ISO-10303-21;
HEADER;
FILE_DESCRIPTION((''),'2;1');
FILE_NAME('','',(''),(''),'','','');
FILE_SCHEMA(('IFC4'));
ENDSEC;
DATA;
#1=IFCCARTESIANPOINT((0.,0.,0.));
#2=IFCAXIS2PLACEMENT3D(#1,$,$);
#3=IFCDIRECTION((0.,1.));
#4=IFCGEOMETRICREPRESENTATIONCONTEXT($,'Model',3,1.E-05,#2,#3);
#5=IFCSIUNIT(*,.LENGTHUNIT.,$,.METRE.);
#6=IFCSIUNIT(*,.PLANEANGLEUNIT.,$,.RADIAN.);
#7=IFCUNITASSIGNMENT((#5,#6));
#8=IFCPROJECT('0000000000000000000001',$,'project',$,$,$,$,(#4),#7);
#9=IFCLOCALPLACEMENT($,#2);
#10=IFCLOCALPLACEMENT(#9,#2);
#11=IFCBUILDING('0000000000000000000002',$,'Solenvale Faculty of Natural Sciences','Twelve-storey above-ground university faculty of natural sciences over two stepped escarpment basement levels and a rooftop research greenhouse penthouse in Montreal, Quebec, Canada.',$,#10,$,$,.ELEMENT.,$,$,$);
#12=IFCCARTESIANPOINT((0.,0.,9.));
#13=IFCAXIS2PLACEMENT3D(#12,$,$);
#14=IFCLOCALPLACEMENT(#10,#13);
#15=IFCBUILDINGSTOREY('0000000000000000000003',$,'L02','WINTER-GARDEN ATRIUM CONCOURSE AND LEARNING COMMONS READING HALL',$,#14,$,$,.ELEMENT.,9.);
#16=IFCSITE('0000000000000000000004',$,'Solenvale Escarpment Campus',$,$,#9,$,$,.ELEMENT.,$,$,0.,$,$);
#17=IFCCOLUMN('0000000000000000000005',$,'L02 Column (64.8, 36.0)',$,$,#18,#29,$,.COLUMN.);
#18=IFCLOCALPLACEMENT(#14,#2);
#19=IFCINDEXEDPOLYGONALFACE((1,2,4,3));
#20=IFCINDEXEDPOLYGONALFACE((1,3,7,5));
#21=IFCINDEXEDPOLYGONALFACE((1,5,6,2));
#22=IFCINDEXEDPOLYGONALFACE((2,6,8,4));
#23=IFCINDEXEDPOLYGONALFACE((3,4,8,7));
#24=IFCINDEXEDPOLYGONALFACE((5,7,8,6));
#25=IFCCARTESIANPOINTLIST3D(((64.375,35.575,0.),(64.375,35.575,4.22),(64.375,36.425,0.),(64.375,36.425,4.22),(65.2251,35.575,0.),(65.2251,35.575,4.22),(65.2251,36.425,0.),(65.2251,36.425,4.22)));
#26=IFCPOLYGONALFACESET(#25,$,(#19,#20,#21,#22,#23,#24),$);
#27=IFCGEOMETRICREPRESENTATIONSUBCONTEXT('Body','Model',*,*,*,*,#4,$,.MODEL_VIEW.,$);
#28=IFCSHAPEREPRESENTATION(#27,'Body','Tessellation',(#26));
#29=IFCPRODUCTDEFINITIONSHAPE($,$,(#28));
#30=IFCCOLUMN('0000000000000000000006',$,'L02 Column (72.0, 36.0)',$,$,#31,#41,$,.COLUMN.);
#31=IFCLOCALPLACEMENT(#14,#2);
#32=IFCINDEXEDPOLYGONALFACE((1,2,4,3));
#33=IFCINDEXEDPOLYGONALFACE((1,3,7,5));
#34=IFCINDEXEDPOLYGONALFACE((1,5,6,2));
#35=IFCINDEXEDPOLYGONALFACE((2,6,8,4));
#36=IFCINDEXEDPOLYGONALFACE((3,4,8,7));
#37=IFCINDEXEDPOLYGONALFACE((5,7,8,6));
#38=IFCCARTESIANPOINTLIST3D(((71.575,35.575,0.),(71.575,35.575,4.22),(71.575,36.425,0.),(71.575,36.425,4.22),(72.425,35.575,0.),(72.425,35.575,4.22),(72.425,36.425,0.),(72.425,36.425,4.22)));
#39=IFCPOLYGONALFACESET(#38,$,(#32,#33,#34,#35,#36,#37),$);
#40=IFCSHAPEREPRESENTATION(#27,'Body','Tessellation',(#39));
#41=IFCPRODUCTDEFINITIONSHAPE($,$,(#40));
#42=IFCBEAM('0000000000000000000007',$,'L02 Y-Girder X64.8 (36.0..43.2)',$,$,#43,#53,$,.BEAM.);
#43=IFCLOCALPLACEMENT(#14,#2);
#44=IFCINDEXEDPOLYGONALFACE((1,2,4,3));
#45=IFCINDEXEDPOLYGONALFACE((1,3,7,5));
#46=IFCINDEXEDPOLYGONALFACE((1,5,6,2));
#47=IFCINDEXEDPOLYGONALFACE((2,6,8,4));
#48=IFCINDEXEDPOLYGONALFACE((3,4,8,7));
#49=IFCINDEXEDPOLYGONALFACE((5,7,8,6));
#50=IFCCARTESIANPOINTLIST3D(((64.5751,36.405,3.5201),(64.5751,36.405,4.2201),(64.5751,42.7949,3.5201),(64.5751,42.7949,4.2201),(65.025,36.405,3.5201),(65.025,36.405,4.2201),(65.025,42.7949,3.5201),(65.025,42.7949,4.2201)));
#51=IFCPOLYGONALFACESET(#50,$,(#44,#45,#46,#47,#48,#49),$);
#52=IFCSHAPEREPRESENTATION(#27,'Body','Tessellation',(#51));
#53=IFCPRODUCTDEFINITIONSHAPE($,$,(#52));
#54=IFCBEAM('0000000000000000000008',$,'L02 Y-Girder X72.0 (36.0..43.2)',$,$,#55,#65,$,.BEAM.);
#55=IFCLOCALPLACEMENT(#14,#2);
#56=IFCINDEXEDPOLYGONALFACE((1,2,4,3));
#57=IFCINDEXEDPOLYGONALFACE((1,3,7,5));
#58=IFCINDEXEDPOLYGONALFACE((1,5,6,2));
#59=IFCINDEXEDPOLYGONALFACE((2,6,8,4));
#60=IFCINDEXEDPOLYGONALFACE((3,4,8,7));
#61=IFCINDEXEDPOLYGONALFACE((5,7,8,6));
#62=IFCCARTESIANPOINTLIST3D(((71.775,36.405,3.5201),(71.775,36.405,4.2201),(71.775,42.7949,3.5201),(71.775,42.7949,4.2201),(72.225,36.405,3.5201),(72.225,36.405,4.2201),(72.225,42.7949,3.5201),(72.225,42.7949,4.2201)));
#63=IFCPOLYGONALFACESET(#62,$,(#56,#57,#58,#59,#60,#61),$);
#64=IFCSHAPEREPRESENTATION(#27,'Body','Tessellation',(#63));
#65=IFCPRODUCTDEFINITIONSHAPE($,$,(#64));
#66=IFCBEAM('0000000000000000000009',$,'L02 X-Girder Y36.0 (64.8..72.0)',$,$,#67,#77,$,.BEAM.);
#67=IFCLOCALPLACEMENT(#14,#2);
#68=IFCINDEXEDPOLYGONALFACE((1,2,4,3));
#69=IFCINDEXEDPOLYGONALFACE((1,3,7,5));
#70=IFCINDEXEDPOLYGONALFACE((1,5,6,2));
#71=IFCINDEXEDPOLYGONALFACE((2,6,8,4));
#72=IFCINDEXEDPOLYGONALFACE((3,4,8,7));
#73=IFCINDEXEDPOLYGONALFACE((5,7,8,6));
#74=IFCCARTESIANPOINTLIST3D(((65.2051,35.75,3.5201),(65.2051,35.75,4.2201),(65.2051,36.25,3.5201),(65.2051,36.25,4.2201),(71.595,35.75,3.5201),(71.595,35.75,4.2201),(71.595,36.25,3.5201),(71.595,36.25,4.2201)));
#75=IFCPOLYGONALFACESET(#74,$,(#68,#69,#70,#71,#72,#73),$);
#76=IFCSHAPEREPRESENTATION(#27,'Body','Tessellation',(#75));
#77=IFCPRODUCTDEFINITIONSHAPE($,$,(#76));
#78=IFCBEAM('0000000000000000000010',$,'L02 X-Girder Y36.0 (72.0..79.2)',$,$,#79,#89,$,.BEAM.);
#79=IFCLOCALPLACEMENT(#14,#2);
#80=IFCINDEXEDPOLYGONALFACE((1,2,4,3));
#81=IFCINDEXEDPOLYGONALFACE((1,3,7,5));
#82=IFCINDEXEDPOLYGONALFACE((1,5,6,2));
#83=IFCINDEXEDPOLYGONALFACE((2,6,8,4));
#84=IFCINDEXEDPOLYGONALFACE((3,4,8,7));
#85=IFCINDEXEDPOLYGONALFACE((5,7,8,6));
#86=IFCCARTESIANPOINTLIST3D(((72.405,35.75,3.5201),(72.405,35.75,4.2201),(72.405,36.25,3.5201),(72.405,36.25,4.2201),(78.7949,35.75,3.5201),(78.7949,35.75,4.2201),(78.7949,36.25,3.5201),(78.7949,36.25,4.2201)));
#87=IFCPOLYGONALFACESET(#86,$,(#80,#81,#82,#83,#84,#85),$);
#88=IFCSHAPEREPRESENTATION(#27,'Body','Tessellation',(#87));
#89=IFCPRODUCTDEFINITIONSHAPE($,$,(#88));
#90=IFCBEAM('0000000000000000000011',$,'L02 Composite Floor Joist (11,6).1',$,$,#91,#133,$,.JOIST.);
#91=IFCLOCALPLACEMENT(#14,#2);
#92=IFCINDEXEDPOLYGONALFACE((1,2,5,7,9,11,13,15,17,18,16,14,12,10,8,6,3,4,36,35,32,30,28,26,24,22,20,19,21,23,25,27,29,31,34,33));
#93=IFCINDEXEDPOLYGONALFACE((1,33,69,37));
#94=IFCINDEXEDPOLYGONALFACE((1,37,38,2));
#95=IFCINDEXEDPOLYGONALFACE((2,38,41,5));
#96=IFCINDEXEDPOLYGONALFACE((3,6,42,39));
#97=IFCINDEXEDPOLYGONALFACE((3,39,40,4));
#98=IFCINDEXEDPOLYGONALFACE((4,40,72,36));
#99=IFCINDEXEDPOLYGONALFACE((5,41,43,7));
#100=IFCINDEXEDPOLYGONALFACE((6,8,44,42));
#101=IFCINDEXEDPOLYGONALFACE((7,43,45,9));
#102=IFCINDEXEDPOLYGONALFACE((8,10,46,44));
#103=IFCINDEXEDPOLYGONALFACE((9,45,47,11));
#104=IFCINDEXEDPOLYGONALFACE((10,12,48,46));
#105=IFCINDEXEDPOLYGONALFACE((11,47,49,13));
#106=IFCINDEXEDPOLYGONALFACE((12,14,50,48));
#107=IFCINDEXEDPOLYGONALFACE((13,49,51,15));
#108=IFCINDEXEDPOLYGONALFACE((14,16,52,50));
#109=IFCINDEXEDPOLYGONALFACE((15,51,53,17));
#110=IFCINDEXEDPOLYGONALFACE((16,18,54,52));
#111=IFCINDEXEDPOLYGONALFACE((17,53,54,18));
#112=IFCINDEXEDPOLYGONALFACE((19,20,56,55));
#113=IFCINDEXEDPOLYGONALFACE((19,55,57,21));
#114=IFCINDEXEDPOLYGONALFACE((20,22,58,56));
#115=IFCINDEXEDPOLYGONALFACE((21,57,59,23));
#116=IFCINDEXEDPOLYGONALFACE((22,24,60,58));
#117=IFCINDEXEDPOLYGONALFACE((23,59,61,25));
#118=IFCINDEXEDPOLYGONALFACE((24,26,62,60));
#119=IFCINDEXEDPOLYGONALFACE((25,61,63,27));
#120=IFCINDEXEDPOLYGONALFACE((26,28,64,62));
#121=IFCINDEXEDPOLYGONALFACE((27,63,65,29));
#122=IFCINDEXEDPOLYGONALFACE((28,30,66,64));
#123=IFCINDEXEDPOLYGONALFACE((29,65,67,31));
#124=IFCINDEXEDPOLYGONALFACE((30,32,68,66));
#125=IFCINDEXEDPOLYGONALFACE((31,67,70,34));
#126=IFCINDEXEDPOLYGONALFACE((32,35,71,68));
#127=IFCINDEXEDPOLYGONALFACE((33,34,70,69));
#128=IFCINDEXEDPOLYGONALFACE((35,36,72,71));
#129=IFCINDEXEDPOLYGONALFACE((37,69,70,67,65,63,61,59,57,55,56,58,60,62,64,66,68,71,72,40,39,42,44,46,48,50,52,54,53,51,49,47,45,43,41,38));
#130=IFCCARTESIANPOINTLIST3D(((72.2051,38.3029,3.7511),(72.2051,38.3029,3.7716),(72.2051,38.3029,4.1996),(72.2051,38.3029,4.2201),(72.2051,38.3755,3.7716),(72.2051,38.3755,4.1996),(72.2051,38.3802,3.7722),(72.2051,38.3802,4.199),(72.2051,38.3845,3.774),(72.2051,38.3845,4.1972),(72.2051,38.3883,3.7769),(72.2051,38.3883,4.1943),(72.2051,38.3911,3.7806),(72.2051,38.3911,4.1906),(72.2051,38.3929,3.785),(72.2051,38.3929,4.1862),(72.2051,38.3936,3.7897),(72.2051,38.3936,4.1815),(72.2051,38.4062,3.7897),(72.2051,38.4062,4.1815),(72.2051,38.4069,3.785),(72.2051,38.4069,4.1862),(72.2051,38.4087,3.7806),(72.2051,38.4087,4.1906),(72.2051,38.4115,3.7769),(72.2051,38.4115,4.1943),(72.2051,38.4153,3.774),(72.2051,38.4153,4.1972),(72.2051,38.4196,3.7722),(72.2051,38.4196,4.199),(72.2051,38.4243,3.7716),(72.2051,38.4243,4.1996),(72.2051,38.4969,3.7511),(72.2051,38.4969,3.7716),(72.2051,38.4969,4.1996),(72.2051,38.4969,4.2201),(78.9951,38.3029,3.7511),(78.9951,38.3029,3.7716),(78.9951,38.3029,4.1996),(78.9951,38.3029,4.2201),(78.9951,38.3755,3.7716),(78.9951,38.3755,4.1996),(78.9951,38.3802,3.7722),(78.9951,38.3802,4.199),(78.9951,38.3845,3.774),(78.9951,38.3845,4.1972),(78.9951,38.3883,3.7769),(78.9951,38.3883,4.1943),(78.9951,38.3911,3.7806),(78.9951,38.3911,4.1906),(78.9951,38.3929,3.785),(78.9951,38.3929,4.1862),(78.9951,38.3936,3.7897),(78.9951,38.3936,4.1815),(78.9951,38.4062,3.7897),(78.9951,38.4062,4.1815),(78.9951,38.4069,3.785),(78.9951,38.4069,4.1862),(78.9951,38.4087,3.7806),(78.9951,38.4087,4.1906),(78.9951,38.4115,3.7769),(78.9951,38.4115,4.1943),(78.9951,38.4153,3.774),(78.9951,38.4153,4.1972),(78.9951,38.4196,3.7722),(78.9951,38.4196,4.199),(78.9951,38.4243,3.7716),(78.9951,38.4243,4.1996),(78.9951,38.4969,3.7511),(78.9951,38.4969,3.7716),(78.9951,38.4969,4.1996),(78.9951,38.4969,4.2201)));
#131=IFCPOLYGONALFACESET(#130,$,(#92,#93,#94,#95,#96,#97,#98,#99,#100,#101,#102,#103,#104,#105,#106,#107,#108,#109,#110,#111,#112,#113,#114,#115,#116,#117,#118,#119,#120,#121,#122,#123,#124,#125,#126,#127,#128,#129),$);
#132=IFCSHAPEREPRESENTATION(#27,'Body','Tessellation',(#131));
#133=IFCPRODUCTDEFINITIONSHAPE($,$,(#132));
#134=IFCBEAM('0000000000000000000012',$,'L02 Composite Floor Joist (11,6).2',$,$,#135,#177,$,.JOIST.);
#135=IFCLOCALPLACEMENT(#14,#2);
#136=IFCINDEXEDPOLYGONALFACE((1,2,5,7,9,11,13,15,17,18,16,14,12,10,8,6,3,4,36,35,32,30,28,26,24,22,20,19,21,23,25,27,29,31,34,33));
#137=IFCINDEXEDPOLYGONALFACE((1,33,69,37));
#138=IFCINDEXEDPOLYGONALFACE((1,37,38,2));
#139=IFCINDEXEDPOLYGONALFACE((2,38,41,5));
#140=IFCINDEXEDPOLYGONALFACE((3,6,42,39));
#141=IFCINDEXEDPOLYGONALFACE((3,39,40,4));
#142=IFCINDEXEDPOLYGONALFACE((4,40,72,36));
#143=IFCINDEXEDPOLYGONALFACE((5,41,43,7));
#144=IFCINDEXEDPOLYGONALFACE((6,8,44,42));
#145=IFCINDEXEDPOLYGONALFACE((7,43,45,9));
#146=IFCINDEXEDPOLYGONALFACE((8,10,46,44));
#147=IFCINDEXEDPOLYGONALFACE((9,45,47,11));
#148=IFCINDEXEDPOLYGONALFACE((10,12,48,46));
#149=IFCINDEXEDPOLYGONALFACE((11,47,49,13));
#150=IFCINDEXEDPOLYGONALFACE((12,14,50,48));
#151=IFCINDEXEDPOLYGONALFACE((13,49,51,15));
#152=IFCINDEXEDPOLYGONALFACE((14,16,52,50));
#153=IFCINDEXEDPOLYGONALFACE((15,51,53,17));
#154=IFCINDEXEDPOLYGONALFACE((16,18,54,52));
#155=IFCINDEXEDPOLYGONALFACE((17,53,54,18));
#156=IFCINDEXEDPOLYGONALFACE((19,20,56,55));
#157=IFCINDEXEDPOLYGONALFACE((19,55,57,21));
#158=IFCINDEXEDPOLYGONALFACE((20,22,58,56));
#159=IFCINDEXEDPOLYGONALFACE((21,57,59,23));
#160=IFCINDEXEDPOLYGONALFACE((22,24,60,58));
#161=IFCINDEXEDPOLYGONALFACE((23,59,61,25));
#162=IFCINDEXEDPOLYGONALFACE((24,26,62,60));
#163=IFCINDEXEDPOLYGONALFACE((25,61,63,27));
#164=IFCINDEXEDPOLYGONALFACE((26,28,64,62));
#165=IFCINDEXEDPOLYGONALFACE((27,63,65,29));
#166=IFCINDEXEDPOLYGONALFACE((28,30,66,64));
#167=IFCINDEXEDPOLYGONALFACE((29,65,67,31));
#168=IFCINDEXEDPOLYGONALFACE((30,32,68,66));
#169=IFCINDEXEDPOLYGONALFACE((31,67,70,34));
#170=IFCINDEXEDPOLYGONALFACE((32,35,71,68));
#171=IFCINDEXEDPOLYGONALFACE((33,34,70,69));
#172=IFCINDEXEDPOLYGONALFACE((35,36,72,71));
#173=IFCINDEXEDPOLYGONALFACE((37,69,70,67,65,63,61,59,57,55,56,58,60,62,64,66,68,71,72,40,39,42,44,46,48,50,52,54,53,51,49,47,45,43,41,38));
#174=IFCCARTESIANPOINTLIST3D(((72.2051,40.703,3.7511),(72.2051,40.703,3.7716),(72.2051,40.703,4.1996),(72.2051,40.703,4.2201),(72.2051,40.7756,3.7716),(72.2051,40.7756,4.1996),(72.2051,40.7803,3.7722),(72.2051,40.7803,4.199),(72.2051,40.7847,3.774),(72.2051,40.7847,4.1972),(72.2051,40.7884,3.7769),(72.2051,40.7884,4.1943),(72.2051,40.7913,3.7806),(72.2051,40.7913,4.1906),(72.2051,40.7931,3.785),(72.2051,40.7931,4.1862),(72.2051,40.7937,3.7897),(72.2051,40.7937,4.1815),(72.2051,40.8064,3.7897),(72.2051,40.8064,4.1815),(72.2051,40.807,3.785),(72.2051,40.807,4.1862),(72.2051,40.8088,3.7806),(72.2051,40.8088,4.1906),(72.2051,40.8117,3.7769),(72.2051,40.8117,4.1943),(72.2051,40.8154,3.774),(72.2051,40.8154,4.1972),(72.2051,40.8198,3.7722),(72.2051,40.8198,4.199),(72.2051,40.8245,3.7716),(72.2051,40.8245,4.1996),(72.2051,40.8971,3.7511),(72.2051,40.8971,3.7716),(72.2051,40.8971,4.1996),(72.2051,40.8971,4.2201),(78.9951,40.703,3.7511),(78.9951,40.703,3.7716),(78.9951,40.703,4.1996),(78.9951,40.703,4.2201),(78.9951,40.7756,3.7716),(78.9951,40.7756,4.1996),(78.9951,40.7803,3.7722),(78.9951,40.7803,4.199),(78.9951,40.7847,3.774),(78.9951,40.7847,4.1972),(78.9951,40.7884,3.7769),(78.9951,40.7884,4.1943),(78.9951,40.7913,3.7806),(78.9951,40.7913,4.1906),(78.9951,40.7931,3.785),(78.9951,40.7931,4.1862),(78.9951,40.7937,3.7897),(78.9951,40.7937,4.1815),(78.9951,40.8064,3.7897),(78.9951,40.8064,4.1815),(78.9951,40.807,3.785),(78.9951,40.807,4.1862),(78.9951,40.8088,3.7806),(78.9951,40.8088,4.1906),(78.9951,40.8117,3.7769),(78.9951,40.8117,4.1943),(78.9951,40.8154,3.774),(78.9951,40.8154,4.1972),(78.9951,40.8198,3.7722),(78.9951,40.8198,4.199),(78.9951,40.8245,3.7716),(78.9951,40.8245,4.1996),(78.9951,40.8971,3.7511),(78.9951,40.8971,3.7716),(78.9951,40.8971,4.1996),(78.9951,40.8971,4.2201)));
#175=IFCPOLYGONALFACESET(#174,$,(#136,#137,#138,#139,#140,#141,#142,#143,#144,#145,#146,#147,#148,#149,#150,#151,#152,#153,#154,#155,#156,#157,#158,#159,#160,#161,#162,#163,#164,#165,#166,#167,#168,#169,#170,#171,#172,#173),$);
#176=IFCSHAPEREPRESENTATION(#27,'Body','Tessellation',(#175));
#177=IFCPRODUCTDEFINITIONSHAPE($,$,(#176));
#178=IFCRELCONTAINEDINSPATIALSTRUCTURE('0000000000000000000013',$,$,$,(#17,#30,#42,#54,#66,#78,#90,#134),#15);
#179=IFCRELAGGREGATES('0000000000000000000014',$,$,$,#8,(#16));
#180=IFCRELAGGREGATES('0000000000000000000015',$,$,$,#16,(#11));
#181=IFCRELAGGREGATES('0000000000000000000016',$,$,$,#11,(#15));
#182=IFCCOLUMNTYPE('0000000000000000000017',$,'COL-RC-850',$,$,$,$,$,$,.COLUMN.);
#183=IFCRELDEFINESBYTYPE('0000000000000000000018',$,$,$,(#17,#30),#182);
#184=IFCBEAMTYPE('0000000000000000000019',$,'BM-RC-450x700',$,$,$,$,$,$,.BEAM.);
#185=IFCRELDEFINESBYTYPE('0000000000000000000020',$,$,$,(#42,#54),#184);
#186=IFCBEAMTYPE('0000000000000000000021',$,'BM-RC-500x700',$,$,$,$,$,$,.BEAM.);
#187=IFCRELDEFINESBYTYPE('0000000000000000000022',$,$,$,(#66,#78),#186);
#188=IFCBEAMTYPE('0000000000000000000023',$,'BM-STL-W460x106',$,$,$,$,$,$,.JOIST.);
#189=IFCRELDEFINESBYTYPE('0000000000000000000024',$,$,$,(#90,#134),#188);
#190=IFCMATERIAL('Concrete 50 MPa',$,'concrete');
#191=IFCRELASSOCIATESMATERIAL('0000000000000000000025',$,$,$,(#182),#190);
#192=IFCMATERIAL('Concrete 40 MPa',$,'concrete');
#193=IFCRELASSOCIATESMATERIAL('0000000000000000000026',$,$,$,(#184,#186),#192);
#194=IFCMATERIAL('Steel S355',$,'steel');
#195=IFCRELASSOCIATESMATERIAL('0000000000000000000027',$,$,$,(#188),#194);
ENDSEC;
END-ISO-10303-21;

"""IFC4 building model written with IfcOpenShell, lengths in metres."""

from ifc_helpers import new_model, si_unit, direction, frame, origin, origin_2d, place, context, subcontext, project, spatial, rectangle, i_section, extrude, material, material_profile, profile_set, type_object, element, save


model = new_model("IFC4")

# Units and contexts
model_context = context("Model", 3, precision=1e-05, world=origin(), true_north=direction((0.0, 1.0)))
body_context = subcontext(model_context, "Body", "Model", "MODEL_VIEW")
ifc_project = project(units=[si_unit("LENGTHUNIT", "METRE"), si_unit("PLANEANGLEUNIT", "RADIAN")], contexts=[model_context])

# Site, building, storey
site_placement = place(None, origin())
site = spatial("IfcSite", under=ifc_project, at=site_placement, Name="Solenvale Escarpment Campus", CompositionType="ELEMENT", RefElevation=0.0)
building_placement = place(site_placement, origin())
building = spatial("IfcBuilding", under=site, at=building_placement, Name="Solenvale Faculty of Natural Sciences", Description="Twelve-storey above-ground university faculty of natural sciences over two stepped escarpment basement levels and a rooftop research greenhouse penthouse in Montreal, Quebec, Canada.", CompositionType="ELEMENT")
storey_placement = place(building_placement, frame((0.0, 0.0, 9.0)))
storey = spatial("IfcBuildingStorey", under=building, at=storey_placement, Name="L02", Description="WINTER-GARDEN ATRIUM CONCOURSE AND LEARNING COMMONS READING HALL", CompositionType="ELEMENT", Elevation=9.0)

# Columns
ifc_material_1 = material(Name="Concrete 50 MPa", Category="concrete")
ifc_material_profile_1 = material_profile(ifc_material_1, rectangle(XDim=0.8501, YDim=0.8501, at=origin_2d()), Name="RC-COL-850x850")
ifc_profile_set_1 = profile_set([ifc_material_profile_1], Name="Concrete 50 MPa")
column_type = type_object("IfcColumnType", Name="COL-RC-850", PredefinedType="COLUMN", material=ifc_profile_set_1)
for number, where, z_axis, x_axis, name in (
    (1, (64.8, 36.0, 0.0), (0.0, 0.0, 1.0), (1.0, 0.0, 0.0), "L02 Column (64.8, 36.0)"),
    (2, (72.0, 36.0, 0.0), (0.0, 0.0, 1.0), (1.0, 0.0, 0.0), "L02 Column (72.0, 36.0)"),
):
    element("IfcColumn", number, at=place(storey_placement, frame(where, z_axis=z_axis, x_axis=x_axis)), inside=storey, type_object=column_type, Name=name, PredefinedType="COLUMN", context=body_context, shape_type="SweptSolid", body=[
        extrude(rectangle(XDim=0.8501, YDim=0.8501, at=origin_2d()), origin(), (0.0, 0.0, 1.0), 4.22),
    ])

# Beams
ifc_material_2 = material(Name="Concrete 40 MPa", Category="concrete")
ifc_material_profile_2 = material_profile(ifc_material_2, rectangle(XDim=0.45, YDim=0.7, at=origin_2d()), Name="RC-BM-450x700")
ifc_profile_set_2 = profile_set([ifc_material_profile_2], Name="Concrete 40 MPa")
beam_type_1 = type_object("IfcBeamType", Name="BM-RC-450x700", PredefinedType="BEAM", material=ifc_profile_set_2)
for number, where, z_axis, x_axis, name in (
    (3, (64.8, 36.405, 3.8701), (0.0, 1.0, 0.0), (-1.0, 0.0, 0.0), "L02 Y-Girder X64.8 (36.0..43.2)"),
    (4, (72.0, 36.405, 3.8701), (0.0, 1.0, 0.0), (-1.0, 0.0, 0.0), "L02 Y-Girder X72.0 (36.0..43.2)"),
):
    element("IfcBeam", number, at=place(storey_placement, frame(where, z_axis=z_axis, x_axis=x_axis)), inside=storey, type_object=beam_type_1, Name=name, PredefinedType="BEAM", context=body_context, shape_type="SweptSolid", body=[
        extrude(rectangle(XDim=0.45, YDim=0.7, at=origin_2d()), origin(), (0.0, 0.0, 1.0), 6.3899),
    ])
ifc_material_profile_3 = material_profile(ifc_material_2, rectangle(XDim=0.5, YDim=0.7, at=origin_2d()), Name="RC-BM-500x700")
ifc_profile_set_3 = profile_set([ifc_material_profile_3], Name="Concrete 40 MPa")
beam_type_2 = type_object("IfcBeamType", Name="BM-RC-500x700", PredefinedType="BEAM", material=ifc_profile_set_3)
for number, where, z_axis, x_axis, name in (
    (5, (65.2051, 36.0, 3.8701), (1.0, 0.0, 0.0), (0.0, 1.0, 0.0), "L02 X-Girder Y36.0 (64.8..72.0)"),
    (6, (72.405, 36.0, 3.8701), (1.0, 0.0, 0.0), (0.0, 1.0, 0.0), "L02 X-Girder Y36.0 (72.0..79.2)"),
):
    element("IfcBeam", number, at=place(storey_placement, frame(where, z_axis=z_axis, x_axis=x_axis)), inside=storey, type_object=beam_type_2, Name=name, PredefinedType="BEAM", context=body_context, shape_type="SweptSolid", body=[
        extrude(rectangle(XDim=0.5, YDim=0.7, at=origin_2d()), origin(), (0.0, 0.0, 1.0), 6.3899),
    ])
ifc_material_3 = material(Name="Steel S355", Category="steel")
ifc_material_profile_4 = material_profile(ifc_material_3, i_section(OverallWidth=0.1941, OverallDepth=0.469, WebThickness=0.0127, FlangeThickness=0.0205, FilletRadius=0.0181, at=origin_2d()), Name="W460x106")
ifc_profile_set_4 = profile_set([ifc_material_profile_4], Name="Steel S355")
beam_type_3 = type_object("IfcBeamType", Name="BM-STL-W460x106", PredefinedType="JOIST", material=ifc_profile_set_4)
for number, where, z_axis, x_axis, name in (
    (7, (72.2051, 38.3999, 3.9856), (1.0, 0.0, 0.0), (0.0, 1.0, 0.0), "L02 Composite Floor Joist (11,6).1"),
    (8, (72.2051, 40.8, 3.9856), (1.0, 0.0, 0.0), (0.0, 1.0, 0.0), "L02 Composite Floor Joist (11,6).2"),
):
    element("IfcBeam", number, at=place(storey_placement, frame(where, z_axis=z_axis, x_axis=x_axis)), inside=storey, type_object=beam_type_3, Name=name, PredefinedType="JOIST", context=body_context, shape_type="SweptSolid", body=[
        extrude(i_section(OverallWidth=0.1941, OverallDepth=0.469, WebThickness=0.0127, FlangeThickness=0.0205, FilletRadius=0.0181, at=origin_2d()), origin(), (0.0, 0.0, 1.0), 6.79),
    ])

save(model, "model.ifc")
